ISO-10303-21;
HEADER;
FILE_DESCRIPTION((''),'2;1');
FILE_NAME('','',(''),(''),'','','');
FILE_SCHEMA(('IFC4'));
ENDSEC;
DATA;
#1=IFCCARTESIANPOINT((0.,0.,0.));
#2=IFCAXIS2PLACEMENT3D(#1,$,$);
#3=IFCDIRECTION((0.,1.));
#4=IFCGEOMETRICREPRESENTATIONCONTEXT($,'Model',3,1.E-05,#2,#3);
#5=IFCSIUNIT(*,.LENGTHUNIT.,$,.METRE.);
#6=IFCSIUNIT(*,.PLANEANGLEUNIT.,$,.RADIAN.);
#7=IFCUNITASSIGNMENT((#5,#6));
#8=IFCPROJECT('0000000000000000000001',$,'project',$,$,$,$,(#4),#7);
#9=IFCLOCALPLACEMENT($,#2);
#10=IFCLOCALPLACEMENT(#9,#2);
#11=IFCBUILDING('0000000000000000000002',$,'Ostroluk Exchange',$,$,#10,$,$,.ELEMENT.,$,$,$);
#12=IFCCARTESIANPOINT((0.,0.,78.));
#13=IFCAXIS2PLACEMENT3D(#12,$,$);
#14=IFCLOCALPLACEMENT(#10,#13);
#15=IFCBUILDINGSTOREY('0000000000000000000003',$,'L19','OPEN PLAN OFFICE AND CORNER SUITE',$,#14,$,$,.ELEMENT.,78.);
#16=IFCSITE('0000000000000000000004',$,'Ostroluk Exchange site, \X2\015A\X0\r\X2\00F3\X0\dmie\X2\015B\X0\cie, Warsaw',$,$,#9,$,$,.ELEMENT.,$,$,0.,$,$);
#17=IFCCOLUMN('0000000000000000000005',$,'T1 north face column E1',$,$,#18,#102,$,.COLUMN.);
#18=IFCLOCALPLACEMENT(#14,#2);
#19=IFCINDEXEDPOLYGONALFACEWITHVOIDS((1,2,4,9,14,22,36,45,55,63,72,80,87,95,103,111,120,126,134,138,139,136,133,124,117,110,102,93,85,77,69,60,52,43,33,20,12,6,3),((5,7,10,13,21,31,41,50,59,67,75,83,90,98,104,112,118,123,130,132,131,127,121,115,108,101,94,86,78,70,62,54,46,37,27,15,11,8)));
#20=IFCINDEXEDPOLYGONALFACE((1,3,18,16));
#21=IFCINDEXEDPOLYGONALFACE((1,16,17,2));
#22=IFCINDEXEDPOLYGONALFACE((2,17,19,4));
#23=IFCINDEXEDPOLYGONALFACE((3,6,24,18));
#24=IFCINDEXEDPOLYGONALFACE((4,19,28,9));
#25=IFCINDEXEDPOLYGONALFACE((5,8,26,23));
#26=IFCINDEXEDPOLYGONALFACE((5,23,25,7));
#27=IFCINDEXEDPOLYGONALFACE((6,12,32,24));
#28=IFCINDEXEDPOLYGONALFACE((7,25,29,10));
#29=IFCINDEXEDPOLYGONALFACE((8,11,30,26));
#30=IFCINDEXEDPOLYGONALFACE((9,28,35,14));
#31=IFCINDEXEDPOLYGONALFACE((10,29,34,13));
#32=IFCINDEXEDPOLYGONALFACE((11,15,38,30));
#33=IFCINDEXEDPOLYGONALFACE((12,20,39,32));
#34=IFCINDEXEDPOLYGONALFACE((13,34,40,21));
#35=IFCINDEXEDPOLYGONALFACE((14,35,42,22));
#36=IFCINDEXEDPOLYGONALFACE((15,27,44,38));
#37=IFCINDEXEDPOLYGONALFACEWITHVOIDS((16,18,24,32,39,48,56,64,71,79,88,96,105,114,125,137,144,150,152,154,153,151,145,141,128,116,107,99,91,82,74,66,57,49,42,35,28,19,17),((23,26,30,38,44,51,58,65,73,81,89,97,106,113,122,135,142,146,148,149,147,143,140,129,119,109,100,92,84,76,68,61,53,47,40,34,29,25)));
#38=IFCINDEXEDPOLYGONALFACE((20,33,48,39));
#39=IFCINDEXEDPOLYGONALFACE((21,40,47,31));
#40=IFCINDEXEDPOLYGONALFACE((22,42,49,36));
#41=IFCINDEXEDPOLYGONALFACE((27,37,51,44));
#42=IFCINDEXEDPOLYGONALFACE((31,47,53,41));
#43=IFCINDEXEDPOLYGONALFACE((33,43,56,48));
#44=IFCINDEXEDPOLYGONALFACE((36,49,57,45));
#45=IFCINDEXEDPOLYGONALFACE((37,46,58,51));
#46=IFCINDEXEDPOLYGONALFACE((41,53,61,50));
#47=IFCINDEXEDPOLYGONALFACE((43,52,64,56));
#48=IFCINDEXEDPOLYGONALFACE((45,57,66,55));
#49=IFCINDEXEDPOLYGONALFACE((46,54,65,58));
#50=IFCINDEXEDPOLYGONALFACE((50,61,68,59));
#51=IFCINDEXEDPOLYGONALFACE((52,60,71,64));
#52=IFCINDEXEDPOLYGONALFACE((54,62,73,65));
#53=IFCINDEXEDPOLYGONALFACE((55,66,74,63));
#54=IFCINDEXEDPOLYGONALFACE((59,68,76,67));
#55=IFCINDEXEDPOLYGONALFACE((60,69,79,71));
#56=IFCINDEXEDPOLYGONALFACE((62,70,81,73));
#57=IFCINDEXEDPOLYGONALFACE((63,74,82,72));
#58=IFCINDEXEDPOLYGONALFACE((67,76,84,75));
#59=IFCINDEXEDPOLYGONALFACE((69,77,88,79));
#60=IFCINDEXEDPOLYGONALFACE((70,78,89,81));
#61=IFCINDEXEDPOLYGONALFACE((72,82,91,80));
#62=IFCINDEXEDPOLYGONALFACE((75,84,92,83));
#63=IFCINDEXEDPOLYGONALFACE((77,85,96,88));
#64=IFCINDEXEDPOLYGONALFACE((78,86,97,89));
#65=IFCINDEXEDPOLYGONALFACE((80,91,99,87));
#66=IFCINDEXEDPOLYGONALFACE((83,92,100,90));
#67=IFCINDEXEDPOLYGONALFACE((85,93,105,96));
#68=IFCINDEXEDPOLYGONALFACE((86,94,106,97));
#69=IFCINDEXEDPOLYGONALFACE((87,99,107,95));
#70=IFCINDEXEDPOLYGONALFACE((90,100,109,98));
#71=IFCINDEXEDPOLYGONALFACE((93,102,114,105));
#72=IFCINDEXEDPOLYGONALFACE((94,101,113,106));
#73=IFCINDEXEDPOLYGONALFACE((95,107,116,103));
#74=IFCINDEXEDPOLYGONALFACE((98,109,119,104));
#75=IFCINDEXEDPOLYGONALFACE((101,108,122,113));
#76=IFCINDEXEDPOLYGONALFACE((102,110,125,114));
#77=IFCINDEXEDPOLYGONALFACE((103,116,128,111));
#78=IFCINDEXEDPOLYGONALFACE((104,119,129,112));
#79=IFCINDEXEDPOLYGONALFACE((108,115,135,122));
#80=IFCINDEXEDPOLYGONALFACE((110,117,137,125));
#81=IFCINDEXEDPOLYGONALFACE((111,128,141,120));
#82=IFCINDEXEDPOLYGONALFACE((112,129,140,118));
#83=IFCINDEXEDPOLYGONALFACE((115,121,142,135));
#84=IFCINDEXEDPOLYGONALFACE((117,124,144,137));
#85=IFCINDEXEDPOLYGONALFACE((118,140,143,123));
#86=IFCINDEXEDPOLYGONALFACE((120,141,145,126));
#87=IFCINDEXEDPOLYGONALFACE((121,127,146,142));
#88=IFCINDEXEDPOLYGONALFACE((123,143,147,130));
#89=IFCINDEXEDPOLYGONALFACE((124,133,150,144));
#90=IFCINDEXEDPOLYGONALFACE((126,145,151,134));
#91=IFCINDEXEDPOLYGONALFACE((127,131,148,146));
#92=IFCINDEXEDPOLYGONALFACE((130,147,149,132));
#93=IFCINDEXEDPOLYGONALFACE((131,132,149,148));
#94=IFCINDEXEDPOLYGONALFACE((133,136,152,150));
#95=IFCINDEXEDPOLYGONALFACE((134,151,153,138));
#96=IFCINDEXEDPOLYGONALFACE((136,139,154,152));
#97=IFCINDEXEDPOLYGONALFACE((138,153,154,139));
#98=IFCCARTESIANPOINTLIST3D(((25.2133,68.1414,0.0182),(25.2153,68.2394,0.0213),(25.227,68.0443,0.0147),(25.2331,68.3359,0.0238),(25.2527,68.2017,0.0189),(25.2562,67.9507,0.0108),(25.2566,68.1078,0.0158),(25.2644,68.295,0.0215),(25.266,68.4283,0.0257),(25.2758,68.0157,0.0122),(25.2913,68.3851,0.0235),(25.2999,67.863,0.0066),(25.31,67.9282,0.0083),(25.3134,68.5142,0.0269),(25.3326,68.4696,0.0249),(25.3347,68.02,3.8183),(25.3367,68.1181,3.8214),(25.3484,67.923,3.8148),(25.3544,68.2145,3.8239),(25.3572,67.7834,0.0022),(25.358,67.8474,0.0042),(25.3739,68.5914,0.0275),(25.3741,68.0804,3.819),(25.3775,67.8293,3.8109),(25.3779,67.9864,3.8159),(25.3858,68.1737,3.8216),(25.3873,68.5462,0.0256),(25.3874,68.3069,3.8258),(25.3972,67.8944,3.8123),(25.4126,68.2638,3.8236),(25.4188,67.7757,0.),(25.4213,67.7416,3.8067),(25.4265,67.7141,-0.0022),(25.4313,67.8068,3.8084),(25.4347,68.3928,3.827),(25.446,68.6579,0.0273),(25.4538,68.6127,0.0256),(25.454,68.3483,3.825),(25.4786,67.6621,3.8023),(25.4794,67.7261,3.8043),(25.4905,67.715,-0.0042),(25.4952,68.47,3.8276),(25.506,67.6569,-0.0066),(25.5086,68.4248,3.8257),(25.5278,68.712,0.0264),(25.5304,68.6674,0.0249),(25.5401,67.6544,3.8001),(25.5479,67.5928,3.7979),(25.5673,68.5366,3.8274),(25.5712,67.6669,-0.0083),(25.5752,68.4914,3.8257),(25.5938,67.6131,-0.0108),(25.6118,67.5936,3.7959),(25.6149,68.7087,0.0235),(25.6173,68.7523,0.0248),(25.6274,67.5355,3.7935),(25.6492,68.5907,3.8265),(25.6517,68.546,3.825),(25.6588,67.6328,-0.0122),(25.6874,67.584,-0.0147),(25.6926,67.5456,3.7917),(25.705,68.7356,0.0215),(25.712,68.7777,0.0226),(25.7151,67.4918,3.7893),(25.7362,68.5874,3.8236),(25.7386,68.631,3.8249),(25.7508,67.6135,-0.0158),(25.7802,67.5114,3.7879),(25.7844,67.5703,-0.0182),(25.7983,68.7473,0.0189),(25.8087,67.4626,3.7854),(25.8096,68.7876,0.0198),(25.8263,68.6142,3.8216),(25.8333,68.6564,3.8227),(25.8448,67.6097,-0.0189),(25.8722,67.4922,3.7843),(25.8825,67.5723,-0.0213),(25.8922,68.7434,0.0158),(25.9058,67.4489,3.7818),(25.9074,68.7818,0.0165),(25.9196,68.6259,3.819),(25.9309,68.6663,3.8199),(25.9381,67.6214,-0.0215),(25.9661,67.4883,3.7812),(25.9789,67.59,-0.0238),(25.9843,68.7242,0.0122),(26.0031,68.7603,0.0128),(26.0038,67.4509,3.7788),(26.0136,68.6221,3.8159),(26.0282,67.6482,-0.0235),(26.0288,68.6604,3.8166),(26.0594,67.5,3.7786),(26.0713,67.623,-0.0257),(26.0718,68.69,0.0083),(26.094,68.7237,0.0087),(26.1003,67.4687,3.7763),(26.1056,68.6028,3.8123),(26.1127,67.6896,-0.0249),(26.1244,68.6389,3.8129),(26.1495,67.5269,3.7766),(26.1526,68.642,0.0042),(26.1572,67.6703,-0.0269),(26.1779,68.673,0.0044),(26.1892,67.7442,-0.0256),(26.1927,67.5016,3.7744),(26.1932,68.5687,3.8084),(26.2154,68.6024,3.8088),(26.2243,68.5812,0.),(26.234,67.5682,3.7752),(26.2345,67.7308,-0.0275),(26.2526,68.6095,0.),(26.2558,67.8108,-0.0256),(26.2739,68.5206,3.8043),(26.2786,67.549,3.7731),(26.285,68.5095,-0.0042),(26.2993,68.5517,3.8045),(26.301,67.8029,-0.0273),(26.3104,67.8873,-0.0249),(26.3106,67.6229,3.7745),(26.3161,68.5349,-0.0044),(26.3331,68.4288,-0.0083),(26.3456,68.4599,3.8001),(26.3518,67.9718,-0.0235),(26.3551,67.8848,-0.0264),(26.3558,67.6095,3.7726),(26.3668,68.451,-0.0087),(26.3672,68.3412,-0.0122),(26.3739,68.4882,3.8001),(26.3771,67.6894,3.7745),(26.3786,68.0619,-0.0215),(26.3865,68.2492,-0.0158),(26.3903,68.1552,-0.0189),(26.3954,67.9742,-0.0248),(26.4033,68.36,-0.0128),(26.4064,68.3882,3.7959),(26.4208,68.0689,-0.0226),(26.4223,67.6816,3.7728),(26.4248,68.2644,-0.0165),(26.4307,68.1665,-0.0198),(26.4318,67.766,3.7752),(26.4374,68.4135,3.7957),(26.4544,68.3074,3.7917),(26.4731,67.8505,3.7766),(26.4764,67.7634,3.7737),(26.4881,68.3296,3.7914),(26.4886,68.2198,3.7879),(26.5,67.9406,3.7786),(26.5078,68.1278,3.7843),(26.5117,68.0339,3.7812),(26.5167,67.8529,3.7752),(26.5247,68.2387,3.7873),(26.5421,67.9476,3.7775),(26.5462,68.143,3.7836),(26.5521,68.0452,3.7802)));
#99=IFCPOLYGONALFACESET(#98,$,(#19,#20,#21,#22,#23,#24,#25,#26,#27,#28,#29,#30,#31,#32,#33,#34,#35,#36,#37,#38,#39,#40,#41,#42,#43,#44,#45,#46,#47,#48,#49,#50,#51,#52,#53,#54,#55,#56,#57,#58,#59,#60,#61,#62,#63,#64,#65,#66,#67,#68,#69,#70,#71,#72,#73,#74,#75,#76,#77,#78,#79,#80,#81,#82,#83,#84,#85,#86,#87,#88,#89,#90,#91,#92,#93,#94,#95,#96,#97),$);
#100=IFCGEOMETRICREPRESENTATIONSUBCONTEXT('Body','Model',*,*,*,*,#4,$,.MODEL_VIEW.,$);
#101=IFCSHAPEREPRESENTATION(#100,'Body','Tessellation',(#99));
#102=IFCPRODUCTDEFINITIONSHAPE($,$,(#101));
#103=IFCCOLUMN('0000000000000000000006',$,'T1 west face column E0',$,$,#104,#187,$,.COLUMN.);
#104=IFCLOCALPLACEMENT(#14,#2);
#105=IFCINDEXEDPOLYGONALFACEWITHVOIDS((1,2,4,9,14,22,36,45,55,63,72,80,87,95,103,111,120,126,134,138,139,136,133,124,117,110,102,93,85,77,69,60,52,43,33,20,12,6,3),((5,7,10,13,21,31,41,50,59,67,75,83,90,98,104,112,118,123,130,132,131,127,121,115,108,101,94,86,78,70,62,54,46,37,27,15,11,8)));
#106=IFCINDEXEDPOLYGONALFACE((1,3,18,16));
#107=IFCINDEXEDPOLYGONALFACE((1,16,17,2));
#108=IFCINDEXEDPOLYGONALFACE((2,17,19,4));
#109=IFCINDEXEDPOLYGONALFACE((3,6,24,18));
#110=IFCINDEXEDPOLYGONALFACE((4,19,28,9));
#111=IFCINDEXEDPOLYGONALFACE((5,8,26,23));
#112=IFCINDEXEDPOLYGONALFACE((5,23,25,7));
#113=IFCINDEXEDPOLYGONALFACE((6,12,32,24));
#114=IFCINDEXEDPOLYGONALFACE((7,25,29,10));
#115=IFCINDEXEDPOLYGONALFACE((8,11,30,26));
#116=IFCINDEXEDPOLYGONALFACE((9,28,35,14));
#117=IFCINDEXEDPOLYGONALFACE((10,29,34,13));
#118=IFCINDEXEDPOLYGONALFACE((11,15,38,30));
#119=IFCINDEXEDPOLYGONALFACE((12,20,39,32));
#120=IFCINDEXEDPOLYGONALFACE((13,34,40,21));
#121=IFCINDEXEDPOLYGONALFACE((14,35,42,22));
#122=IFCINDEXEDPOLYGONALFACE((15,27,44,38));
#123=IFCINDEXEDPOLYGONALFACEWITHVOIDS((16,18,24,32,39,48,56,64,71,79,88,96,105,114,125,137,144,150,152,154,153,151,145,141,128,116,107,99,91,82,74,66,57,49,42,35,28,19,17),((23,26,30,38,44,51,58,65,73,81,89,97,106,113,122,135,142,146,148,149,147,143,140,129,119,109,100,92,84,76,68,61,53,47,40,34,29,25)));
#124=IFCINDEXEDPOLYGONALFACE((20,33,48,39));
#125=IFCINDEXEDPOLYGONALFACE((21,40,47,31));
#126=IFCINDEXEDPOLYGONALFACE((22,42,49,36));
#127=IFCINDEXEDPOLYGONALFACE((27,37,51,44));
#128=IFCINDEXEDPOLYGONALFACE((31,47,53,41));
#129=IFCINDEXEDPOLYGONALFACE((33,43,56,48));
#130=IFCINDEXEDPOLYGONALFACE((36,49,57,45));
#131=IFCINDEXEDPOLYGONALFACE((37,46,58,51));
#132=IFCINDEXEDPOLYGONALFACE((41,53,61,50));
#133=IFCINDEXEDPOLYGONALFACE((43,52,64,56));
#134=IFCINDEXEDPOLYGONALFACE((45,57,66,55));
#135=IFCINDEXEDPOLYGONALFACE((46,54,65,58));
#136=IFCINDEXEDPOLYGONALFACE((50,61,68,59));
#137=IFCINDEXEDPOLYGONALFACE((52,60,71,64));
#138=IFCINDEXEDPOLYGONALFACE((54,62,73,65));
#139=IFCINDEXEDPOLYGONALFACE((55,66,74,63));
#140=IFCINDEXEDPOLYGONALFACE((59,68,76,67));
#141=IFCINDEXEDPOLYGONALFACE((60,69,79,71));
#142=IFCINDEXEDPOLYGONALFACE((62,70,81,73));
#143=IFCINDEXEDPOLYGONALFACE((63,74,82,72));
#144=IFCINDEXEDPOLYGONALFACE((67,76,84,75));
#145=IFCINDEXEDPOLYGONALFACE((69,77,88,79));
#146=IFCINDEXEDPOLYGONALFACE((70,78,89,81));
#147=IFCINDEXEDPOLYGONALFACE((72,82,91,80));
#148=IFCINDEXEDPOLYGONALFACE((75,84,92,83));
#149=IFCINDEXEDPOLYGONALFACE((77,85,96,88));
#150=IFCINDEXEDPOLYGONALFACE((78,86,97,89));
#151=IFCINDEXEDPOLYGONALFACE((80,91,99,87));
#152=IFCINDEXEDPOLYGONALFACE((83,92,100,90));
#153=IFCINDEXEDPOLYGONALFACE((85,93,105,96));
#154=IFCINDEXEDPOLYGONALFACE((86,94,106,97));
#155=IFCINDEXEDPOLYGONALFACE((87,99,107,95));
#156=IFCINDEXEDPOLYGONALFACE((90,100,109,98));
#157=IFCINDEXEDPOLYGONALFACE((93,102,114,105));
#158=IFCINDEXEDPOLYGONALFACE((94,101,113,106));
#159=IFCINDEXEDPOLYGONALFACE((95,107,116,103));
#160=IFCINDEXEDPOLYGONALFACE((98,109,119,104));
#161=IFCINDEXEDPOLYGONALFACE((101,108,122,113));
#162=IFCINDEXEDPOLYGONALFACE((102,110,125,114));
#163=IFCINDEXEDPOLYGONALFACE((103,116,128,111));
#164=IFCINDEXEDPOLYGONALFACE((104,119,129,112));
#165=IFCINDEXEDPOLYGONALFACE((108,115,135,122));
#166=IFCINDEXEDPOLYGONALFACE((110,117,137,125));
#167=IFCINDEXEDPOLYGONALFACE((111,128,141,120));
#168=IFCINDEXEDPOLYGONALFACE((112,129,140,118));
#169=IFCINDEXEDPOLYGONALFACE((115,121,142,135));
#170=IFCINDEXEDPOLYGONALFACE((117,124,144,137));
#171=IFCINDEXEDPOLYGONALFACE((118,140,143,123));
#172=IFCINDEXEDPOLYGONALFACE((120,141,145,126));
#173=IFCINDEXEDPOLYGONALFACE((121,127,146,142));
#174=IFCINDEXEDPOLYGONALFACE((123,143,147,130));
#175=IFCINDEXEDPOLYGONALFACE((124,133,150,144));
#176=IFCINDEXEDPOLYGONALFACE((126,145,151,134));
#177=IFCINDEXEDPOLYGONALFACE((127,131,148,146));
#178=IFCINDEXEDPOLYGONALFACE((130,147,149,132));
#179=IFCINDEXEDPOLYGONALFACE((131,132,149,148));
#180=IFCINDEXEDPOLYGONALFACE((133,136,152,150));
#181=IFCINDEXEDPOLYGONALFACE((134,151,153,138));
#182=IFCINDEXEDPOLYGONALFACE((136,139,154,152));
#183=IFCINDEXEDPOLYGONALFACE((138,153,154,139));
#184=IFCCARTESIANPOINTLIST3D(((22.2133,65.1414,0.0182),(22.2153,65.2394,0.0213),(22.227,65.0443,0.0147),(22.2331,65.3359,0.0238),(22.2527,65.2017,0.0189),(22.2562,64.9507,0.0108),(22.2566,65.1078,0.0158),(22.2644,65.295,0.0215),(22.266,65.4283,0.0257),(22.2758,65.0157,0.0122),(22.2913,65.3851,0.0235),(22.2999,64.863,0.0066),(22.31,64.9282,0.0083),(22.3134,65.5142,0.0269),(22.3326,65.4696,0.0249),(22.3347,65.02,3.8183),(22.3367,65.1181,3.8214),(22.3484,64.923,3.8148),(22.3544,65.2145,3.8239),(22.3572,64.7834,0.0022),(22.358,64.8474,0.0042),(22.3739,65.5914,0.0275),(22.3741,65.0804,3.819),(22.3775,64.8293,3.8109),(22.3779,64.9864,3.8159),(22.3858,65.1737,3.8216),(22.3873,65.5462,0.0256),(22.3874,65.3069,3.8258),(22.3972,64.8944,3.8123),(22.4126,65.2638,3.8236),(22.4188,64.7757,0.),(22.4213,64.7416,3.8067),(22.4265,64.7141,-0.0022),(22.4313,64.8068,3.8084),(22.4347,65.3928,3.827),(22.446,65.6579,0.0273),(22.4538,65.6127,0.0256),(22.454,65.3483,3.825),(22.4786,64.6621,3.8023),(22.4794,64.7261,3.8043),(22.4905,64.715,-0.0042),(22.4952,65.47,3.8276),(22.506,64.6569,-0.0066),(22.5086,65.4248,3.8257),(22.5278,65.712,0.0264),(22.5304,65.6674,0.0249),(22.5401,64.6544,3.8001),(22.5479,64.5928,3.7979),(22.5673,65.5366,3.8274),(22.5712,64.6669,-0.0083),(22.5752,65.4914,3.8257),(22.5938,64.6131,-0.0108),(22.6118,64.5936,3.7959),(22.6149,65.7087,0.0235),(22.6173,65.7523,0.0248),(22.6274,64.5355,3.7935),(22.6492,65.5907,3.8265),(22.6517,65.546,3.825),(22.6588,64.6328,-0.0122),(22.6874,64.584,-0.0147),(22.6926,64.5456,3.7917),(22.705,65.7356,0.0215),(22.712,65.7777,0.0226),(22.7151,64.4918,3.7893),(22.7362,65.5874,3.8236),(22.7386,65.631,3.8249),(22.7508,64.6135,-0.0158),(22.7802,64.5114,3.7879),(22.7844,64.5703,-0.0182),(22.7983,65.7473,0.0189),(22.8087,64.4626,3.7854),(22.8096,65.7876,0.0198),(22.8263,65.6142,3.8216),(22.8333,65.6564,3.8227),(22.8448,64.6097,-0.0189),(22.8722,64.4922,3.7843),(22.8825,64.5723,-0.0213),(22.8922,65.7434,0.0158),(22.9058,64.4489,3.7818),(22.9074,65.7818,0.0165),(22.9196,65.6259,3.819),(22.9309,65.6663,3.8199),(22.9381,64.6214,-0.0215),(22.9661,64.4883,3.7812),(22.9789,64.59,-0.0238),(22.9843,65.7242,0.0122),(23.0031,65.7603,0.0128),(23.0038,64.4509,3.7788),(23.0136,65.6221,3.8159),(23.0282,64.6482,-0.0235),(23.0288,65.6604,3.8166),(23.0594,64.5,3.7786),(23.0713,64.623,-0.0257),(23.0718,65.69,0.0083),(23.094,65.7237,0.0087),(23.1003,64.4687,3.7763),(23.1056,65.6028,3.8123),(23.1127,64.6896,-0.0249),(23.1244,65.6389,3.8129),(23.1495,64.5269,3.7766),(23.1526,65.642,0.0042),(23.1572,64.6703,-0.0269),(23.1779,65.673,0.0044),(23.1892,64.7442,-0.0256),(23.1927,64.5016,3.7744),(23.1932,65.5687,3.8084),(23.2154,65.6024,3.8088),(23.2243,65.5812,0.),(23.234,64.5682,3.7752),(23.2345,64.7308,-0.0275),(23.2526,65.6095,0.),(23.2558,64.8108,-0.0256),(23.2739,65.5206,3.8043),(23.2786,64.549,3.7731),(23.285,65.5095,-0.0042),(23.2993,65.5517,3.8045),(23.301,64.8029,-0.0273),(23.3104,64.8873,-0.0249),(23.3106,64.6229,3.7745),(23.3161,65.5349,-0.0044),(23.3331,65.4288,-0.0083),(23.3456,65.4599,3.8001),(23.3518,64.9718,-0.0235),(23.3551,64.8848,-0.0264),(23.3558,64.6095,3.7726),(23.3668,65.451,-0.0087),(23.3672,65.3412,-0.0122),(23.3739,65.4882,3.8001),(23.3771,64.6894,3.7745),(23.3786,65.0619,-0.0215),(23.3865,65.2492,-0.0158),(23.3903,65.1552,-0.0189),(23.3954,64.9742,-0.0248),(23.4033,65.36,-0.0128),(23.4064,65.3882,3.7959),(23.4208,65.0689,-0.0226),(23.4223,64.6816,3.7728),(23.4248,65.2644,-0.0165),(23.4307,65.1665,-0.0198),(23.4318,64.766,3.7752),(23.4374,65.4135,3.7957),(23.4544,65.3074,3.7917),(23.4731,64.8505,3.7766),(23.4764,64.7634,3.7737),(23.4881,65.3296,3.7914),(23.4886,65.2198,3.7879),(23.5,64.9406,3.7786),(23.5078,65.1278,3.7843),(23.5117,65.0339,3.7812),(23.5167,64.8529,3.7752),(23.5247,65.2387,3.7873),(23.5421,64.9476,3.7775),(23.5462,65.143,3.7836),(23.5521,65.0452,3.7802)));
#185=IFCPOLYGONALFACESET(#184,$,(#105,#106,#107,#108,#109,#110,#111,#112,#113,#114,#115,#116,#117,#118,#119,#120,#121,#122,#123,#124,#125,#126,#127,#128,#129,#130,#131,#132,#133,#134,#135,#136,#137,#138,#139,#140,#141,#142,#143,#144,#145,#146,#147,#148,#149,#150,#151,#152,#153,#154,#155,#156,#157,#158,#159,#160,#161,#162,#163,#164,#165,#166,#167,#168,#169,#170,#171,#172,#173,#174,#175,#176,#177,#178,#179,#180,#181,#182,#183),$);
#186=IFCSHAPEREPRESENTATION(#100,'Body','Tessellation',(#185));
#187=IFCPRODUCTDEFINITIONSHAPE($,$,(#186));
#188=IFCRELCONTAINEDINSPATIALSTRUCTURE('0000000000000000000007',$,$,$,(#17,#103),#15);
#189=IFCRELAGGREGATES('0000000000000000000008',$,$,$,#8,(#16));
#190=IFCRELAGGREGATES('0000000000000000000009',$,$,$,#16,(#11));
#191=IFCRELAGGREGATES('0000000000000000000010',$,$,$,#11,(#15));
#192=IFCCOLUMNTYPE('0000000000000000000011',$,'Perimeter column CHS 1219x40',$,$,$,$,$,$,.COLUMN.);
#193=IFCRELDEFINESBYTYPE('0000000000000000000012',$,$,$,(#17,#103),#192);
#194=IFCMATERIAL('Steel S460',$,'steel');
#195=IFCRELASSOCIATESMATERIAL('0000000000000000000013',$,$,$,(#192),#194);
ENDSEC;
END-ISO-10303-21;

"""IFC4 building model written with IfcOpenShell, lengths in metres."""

from ifc_helpers import new_model, si_unit, direction, frame, origin, origin_2d, place, context, subcontext, project, spatial, hollow_circle, extrude, material, material_profile, profile_set, type_object, element, save


model = new_model("IFC4")

# Units and contexts
model_context = context("Model", 3, precision=1e-05, world=origin(), true_north=direction((0.0, 1.0)))
body_context = subcontext(model_context, "Body", "Model", "MODEL_VIEW")
ifc_project = project(units=[si_unit("LENGTHUNIT", "METRE"), si_unit("PLANEANGLEUNIT", "RADIAN")], contexts=[model_context])

# Site, building, storey
site_placement = place(None, origin())
site = spatial("IfcSite", under=ifc_project, at=site_placement, Name="Ostroluk Exchange site, Śródmieście, Warsaw", CompositionType="ELEMENT", RefElevation=0.0)
building_placement = place(site_placement, origin())
building = spatial("IfcBuilding", under=site, at=building_placement, Name="Ostroluk Exchange", CompositionType="ELEMENT")
storey_placement = place(building_placement, frame((0.0, 0.0, 78.0)))
storey = spatial("IfcBuildingStorey", under=building, at=storey_placement, Name="L19", Description="OPEN PLAN OFFICE AND CORNER SUITE", CompositionType="ELEMENT", Elevation=78.0)

# Columns
ifc_material_1 = material(Name="Steel S460", Category="steel")
ifc_material_profile_1 = material_profile(ifc_material_1, hollow_circle(Radius=0.6096, WallThickness=0.04, at=origin_2d()), Name="CHS 1219x40")
ifc_profile_set_1 = profile_set([ifc_material_profile_1], Name="Steel S460")
column_type = type_object("IfcColumnType", Name="Perimeter column CHS 1219x40", PredefinedType="COLUMN", material=ifc_profile_set_1)
for number, where, z_axis, x_axis, name in (
    (1, (25.8215, 68.1785, 0.0), (0.031898, -0.031898, 0.998982), (0.707107, 0.707107, 0.0), "T1 north face column E1"),
    (2, (22.8215, 65.1785, 0.0), (0.031898, -0.031898, 0.998982), (0.707107, 0.707107, 0.0), "T1 west face column E0"),
):
    element("IfcColumn", number, at=place(storey_placement, frame(where, z_axis=z_axis, x_axis=x_axis)), inside=storey, type_object=column_type, Name=name, PredefinedType="COLUMN", context=body_context, shape_type="SweptSolid", body=[
        extrude(hollow_circle(Radius=0.6096, WallThickness=0.04, at=origin_2d()), origin(), (0.0, 0.0, 1.0), 3.804),
    ])

save(model, "model.ifc")
